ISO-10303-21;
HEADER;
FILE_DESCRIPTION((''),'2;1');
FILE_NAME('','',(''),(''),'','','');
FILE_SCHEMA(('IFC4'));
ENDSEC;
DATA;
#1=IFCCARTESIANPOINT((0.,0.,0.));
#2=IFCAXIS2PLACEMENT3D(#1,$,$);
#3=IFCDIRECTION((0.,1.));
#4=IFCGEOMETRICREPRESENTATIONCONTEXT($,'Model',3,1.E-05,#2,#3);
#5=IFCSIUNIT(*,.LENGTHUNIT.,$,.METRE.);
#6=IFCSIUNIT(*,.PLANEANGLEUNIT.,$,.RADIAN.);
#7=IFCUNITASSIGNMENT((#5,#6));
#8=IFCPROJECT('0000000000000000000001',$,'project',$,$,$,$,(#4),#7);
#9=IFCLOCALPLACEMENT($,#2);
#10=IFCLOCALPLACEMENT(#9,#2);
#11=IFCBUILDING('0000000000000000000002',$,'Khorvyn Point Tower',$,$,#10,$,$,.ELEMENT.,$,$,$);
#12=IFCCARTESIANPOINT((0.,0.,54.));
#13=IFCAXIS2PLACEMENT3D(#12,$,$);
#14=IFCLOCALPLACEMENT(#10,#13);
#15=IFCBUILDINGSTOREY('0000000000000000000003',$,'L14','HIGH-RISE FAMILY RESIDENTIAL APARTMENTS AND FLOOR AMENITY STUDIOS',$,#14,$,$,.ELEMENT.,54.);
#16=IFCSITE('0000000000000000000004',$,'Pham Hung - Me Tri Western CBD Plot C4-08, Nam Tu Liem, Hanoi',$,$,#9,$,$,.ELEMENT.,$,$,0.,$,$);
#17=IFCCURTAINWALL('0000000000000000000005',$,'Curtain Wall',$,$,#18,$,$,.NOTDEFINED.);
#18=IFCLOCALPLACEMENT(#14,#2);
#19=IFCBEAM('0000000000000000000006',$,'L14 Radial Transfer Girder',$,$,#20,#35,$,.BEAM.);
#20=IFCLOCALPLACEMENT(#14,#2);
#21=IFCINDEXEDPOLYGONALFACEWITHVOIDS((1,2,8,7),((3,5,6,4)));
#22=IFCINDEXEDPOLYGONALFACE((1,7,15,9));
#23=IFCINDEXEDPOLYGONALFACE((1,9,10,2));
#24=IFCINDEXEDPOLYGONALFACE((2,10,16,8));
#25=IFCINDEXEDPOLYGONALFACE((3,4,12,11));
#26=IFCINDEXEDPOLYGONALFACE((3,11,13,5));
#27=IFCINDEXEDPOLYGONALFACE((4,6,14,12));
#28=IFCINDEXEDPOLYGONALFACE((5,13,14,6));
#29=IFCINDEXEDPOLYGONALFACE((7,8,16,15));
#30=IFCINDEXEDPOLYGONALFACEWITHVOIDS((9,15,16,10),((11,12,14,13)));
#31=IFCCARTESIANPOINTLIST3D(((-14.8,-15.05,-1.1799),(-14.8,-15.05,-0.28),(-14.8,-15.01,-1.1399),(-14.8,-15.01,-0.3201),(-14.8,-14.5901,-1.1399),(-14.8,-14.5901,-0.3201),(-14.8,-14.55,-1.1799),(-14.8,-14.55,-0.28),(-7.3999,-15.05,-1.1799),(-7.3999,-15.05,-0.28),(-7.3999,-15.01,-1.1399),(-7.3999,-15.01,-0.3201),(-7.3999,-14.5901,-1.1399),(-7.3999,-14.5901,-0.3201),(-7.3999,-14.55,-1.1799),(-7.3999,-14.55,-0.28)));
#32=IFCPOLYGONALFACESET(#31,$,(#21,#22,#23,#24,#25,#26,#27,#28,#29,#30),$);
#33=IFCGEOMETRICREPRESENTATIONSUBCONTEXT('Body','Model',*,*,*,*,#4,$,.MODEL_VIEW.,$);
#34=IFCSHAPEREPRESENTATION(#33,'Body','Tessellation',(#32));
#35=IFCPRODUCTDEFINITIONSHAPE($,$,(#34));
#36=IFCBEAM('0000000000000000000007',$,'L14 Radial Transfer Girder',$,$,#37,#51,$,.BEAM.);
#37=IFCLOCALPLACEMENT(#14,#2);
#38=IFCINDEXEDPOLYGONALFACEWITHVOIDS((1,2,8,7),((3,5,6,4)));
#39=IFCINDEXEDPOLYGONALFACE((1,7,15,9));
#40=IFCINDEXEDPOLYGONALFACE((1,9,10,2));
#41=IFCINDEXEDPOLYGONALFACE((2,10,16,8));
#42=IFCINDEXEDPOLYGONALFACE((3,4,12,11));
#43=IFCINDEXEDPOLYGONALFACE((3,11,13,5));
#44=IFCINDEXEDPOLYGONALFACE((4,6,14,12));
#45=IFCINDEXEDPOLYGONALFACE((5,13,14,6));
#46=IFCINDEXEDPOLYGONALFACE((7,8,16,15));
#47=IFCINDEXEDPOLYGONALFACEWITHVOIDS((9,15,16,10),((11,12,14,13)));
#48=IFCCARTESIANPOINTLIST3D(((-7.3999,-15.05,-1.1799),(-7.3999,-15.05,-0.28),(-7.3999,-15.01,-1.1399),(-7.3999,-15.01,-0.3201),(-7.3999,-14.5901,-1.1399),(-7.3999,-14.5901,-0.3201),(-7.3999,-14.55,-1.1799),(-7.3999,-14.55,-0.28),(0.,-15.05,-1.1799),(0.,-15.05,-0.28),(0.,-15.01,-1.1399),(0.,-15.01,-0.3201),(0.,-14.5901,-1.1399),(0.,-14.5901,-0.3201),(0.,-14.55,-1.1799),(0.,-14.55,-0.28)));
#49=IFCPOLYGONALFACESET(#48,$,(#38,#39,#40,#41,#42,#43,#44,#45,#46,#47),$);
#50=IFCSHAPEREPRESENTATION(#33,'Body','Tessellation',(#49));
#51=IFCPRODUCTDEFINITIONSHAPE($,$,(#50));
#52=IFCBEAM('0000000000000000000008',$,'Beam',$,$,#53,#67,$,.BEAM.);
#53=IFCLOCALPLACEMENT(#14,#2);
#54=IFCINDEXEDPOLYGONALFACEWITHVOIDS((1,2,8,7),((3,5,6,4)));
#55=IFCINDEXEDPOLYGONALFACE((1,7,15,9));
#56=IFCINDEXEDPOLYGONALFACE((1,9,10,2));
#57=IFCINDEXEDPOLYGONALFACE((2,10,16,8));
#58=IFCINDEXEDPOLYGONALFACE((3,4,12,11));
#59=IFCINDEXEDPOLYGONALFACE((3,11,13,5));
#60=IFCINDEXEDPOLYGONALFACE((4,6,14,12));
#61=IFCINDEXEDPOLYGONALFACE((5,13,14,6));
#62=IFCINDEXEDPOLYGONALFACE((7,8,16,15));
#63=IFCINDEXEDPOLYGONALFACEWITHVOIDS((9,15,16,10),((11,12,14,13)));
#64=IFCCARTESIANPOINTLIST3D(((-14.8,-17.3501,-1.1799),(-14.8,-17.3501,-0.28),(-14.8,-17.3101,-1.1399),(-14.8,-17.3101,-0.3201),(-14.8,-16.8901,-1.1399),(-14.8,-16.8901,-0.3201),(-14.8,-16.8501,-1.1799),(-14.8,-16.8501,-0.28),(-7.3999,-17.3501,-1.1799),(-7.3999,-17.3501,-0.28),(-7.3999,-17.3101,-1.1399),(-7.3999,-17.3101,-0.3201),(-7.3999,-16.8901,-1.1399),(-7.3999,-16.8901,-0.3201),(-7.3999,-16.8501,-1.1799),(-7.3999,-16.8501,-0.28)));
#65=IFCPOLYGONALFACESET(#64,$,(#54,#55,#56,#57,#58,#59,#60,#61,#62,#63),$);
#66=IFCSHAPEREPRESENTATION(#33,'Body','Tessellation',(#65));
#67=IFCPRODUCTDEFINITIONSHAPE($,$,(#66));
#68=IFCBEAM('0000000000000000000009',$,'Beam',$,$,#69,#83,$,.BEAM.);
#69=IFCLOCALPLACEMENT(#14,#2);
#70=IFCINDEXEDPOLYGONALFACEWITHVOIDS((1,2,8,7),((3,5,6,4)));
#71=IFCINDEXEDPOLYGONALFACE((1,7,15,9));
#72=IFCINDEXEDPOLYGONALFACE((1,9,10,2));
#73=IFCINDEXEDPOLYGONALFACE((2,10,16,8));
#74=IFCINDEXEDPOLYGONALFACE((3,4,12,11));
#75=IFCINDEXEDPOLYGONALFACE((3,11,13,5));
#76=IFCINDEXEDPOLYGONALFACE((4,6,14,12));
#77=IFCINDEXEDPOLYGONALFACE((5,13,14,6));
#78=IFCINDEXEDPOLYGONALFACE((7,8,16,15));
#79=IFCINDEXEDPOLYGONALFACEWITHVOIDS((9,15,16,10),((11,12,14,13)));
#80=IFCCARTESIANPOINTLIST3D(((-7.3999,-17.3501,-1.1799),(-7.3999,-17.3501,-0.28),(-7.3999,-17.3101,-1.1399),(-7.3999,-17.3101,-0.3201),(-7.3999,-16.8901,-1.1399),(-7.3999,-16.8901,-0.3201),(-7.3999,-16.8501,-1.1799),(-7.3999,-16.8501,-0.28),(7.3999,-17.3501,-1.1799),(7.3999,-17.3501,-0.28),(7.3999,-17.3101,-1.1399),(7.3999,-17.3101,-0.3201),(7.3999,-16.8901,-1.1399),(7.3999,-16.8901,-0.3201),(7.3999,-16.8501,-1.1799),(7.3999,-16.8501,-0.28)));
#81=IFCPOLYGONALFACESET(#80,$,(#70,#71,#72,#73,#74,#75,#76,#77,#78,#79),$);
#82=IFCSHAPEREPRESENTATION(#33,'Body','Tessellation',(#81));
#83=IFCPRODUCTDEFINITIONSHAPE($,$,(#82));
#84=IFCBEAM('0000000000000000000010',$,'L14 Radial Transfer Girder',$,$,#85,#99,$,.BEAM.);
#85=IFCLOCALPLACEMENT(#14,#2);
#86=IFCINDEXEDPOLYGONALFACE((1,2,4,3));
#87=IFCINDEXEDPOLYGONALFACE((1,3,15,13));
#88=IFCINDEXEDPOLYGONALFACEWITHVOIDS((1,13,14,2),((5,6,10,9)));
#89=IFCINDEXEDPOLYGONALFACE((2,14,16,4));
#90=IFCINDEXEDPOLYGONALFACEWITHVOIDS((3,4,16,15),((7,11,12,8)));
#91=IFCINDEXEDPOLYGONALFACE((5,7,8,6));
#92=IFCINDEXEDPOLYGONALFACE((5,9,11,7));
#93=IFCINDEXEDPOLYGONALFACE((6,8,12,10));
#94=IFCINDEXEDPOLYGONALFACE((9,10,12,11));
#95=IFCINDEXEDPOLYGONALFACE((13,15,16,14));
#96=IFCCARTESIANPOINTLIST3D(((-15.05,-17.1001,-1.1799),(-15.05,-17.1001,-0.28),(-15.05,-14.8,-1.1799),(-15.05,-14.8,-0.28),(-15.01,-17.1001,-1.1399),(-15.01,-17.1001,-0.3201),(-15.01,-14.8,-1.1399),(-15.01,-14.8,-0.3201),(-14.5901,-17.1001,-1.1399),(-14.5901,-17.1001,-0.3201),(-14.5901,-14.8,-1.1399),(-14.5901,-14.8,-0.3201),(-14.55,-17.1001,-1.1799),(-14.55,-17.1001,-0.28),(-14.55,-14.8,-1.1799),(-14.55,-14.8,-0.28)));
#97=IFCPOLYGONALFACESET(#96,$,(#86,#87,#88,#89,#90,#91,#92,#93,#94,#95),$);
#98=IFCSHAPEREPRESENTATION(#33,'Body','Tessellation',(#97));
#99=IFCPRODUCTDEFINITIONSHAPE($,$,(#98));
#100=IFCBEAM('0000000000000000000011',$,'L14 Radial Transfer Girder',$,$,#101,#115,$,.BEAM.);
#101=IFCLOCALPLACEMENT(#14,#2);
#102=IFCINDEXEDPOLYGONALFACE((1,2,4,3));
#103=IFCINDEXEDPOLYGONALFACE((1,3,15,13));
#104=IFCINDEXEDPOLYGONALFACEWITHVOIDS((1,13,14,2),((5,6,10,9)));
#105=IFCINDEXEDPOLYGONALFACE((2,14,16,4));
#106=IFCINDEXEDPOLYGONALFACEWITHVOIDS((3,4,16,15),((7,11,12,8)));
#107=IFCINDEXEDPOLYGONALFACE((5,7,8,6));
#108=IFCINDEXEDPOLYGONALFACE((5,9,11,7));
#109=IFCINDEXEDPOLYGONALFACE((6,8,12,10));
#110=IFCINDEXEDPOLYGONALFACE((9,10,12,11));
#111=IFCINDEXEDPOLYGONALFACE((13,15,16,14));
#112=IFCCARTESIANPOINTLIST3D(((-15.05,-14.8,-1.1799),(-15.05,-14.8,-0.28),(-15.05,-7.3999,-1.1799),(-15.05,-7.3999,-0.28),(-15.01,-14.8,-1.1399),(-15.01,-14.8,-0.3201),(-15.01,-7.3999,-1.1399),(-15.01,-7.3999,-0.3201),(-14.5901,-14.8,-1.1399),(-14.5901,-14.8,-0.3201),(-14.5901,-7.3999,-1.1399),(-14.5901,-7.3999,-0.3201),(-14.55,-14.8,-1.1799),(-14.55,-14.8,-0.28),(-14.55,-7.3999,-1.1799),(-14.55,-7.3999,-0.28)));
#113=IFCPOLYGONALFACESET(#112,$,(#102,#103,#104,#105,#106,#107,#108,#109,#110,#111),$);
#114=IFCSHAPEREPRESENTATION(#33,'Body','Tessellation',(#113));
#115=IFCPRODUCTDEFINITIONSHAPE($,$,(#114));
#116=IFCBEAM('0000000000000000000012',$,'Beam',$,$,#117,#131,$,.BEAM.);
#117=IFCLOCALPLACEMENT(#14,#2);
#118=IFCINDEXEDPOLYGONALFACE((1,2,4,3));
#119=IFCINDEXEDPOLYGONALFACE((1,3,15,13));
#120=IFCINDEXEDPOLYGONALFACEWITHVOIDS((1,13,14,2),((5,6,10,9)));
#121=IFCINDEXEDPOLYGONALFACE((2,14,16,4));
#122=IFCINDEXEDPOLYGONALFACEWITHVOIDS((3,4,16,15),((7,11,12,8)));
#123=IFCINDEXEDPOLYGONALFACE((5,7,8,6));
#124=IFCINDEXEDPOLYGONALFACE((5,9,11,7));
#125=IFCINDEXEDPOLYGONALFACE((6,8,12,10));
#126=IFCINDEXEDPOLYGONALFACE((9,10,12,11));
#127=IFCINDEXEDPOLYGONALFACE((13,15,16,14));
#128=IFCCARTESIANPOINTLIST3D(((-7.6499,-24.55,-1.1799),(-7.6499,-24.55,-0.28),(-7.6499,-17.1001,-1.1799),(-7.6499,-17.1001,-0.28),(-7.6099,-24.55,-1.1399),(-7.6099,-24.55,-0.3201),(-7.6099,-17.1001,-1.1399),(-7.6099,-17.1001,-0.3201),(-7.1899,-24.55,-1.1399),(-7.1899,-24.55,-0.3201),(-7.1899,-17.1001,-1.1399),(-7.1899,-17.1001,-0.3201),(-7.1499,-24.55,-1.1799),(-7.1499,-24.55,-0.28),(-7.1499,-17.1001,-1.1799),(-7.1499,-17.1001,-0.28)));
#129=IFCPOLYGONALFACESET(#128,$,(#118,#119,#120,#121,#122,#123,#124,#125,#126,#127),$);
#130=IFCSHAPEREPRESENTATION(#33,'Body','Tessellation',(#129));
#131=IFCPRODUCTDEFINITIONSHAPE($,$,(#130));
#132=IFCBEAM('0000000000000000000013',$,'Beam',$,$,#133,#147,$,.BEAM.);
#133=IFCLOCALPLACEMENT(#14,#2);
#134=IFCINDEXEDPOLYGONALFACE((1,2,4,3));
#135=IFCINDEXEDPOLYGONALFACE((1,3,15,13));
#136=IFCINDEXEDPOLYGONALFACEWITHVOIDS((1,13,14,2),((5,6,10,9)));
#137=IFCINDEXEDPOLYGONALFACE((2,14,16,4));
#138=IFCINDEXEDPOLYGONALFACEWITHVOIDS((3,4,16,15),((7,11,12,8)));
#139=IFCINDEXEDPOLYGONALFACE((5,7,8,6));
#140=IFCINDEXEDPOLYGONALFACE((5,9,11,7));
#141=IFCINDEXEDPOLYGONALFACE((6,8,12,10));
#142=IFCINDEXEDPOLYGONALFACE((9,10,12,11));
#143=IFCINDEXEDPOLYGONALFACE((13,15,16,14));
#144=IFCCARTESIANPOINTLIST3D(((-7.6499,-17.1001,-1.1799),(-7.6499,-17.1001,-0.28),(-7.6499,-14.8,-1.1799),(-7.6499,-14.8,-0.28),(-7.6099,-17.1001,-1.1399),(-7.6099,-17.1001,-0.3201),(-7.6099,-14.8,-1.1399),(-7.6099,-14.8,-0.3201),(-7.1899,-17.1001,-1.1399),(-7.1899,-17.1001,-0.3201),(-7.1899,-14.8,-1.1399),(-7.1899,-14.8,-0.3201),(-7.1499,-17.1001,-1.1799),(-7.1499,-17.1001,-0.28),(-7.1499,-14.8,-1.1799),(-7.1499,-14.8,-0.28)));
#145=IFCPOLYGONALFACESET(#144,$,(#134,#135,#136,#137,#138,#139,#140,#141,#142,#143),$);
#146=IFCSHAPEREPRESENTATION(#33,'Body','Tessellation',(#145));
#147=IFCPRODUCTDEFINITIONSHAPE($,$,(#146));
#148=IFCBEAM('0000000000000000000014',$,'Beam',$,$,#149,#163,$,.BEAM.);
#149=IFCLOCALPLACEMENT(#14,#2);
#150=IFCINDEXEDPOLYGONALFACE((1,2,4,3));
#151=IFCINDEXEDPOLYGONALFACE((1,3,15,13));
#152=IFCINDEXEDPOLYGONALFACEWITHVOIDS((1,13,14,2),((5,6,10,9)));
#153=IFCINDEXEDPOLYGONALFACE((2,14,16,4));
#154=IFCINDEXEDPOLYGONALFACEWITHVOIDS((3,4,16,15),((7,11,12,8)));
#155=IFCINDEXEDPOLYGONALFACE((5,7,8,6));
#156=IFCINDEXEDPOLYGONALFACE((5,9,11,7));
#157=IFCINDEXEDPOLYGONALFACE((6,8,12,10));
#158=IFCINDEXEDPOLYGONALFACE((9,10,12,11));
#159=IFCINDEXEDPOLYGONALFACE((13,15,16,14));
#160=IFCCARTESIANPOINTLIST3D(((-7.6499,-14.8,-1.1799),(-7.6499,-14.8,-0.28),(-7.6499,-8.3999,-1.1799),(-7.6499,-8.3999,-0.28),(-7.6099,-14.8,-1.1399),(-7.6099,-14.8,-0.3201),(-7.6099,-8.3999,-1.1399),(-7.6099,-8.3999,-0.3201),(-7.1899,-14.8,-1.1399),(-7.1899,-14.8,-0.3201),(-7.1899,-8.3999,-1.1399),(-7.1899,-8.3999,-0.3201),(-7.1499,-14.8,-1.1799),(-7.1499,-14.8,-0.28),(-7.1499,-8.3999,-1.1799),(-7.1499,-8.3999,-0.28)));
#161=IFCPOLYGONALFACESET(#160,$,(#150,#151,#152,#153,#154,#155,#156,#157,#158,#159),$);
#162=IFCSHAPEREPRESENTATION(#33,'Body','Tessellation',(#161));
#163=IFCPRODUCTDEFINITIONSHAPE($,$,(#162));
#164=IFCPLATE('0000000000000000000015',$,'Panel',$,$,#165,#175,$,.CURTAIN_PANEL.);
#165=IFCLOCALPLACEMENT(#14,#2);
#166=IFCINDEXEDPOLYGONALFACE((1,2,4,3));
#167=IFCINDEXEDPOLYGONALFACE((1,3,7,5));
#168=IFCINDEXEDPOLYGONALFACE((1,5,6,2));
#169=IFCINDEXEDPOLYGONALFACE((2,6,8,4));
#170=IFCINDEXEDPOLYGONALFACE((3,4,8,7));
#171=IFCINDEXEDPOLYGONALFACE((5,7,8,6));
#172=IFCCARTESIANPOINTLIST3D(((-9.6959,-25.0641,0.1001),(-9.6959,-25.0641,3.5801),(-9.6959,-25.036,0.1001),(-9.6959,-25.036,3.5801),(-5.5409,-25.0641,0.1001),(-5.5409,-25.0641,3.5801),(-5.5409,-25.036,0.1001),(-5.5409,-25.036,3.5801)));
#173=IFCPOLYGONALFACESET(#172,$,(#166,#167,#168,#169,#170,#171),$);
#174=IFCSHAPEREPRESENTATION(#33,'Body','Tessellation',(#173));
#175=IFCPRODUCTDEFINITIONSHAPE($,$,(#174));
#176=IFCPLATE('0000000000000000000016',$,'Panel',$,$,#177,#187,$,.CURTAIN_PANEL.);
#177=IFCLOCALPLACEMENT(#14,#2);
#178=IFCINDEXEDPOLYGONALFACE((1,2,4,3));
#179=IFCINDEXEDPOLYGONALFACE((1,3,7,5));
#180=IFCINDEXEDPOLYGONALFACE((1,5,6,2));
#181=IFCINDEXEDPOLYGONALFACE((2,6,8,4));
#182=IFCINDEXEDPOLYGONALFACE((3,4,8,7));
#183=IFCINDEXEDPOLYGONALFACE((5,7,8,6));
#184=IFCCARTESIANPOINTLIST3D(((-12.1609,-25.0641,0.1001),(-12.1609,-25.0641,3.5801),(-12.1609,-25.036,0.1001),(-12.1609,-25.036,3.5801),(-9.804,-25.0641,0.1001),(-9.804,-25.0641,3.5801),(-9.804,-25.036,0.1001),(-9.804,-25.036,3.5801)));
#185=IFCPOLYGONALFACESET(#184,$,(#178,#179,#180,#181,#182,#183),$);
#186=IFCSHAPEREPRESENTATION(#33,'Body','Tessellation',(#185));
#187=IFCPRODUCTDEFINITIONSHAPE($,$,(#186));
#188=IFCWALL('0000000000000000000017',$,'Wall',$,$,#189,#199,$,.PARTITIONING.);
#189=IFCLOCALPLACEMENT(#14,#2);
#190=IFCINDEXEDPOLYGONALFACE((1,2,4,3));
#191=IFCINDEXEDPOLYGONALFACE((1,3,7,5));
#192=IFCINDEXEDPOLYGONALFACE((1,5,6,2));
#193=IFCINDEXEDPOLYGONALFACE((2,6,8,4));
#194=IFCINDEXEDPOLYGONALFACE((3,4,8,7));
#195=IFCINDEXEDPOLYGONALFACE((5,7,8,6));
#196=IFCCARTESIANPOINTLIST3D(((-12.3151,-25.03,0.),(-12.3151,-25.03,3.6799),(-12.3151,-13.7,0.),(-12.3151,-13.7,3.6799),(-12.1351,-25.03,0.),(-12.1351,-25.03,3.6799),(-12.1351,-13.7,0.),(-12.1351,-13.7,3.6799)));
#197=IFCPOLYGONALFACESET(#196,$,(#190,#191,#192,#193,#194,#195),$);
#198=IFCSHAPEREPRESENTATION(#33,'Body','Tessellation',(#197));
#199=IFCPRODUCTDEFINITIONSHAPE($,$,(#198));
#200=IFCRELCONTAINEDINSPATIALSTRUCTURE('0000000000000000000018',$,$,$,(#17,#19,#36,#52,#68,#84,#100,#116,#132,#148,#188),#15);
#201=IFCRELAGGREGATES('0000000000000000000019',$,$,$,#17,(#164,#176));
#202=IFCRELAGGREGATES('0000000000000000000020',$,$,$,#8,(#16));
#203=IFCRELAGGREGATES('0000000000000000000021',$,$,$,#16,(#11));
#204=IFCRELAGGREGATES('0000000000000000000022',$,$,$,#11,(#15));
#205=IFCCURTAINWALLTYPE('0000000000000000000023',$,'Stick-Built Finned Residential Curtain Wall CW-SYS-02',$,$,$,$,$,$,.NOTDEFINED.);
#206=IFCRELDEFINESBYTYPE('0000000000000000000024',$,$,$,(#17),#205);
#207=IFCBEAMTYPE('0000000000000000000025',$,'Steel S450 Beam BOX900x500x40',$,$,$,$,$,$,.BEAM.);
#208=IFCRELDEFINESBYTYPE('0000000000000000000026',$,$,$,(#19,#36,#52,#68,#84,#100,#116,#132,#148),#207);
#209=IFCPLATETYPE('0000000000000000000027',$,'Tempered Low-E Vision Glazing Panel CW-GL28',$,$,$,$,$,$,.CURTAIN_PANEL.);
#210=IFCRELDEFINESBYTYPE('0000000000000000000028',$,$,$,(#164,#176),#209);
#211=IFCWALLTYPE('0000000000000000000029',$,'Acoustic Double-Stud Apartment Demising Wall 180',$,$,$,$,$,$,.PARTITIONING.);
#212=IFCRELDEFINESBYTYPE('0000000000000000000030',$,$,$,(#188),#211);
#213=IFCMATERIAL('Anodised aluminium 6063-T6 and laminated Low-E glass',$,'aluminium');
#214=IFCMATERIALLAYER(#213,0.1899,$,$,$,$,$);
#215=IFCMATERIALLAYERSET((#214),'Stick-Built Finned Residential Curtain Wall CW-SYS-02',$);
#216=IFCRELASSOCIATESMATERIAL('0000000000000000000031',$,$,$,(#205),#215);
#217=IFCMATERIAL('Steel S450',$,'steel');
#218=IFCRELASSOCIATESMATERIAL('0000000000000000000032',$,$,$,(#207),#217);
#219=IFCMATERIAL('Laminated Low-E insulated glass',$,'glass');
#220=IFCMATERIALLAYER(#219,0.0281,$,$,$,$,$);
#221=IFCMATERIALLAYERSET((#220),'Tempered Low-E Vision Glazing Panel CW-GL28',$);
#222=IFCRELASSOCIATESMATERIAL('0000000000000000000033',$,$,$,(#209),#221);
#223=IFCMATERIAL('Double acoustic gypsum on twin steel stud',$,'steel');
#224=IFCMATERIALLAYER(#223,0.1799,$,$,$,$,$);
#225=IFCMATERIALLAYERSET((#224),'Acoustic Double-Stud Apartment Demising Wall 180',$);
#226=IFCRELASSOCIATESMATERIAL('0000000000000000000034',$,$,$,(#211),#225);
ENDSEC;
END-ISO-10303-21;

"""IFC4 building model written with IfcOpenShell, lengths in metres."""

from ifc_helpers import new_model, si_unit, direction, frame, frame_2d, origin, origin_2d, place, context, subcontext, project, spatial, rectangle, hollow_rectangle, extrude, material, layer, layer_set, material_profile, profile_set, type_object, element, aggregate, save


model = new_model("IFC4")

# Units and contexts
model_context = context("Model", 3, precision=1e-05, world=origin(), true_north=direction((0.0, 1.0)))
body_context = subcontext(model_context, "Body", "Model", "MODEL_VIEW")
ifc_project = project(units=[si_unit("LENGTHUNIT", "METRE"), si_unit("PLANEANGLEUNIT", "RADIAN")], contexts=[model_context])

# Site, building, storey
site_placement = place(None, origin())
site = spatial("IfcSite", under=ifc_project, at=site_placement, Name="Pham Hung - Me Tri Western CBD Plot C4-08, Nam Tu Liem, Hanoi", CompositionType="ELEMENT", RefElevation=0.0)
building_placement = place(site_placement, origin())
building = spatial("IfcBuilding", under=site, at=building_placement, Name="Khorvyn Point Tower", CompositionType="ELEMENT")
storey_placement = place(building_placement, frame((0.0, 0.0, 54.0)))
storey = spatial("IfcBuildingStorey", under=building, at=storey_placement, Name="L14", Description="HIGH-RISE FAMILY RESIDENTIAL APARTMENTS AND FLOOR AMENITY STUDIOS", CompositionType="ELEMENT", Elevation=54.0)

# Shared definitions
ifc_material_1 = material(Name="Steel S450", Category="steel")

# Curtain wall
ifc_material_2 = material(Name="Anodised aluminium 6063-T6 and laminated Low-E glass", Category="aluminium")
ifc_layer_1 = layer(ifc_material_2, 0.1899)
ifc_layer_set_1 = layer_set([ifc_layer_1], Name="Stick-Built Finned Residential Curtain Wall CW-SYS-02")
curtain_wall_type = type_object("IfcCurtainWallType", Name="Stick-Built Finned Residential Curtain Wall CW-SYS-02", PredefinedType="NOTDEFINED", material=ifc_layer_set_1)
curtain_wall_placement = place(storey_placement, origin())
curtain_wall = element("IfcCurtainWall", 1, at=curtain_wall_placement, inside=storey, type_object=curtain_wall_type, Name="Curtain Wall", PredefinedType="NOTDEFINED")

# Beams
ifc_material_profile_1 = material_profile(ifc_material_1, hollow_rectangle(XDim=0.5, YDim=0.8999, WallThickness=0.04, at=origin_2d()))
ifc_profile_set_1 = profile_set([ifc_material_profile_1], Name="Steel S450 BOX900x500x40")
beam_type_1 = type_object("IfcBeamType", Name="Steel S450 Beam BOX900x500x40", PredefinedType="BEAM", material=ifc_profile_set_1)
beam_1_placement = place(storey_placement, frame((-14.8, -14.8, -0.73), z_axis=(1.0, 0.0, 0.0), x_axis=(0.0, 1.0, 0.0)))
element("IfcBeam", 2, at=beam_1_placement, inside=storey, type_object=beam_type_1, Name="L14 Radial Transfer Girder", PredefinedType="BEAM", context=body_context, shape_type="SweptSolid", body=[
    extrude(hollow_rectangle(XDim=0.5, YDim=0.8999, WallThickness=0.04, at=origin_2d()), origin(), (0.0, 0.0, 1.0), 7.4001),
])
beam_2_placement = place(storey_placement, frame((-7.3999, -14.8, -0.73), z_axis=(1.0, 0.0, 0.0), x_axis=(0.0, 1.0, 0.0)))
element("IfcBeam", 3, at=beam_2_placement, inside=storey, type_object=beam_type_1, Name="L14 Radial Transfer Girder", PredefinedType="BEAM", context=body_context, shape_type="SweptSolid", body=[
    extrude(hollow_rectangle(XDim=0.5, YDim=0.8999, WallThickness=0.04, at=origin_2d()), origin(), (0.0, 0.0, 1.0), 7.3999),
])
beam_3_placement = place(storey_placement, frame((-14.8, -17.1001, -0.73), z_axis=(1.0, 0.0, 0.0), x_axis=(0.0, 1.0, 0.0)))
element("IfcBeam", 4, at=beam_3_placement, inside=storey, type_object=beam_type_1, Name="Beam", PredefinedType="BEAM", context=body_context, shape_type="SweptSolid", body=[
    extrude(hollow_rectangle(XDim=0.5, YDim=0.8999, WallThickness=0.04, at=origin_2d()), origin(), (0.0, 0.0, 1.0), 7.4001),
])
beam_4_placement = place(storey_placement, frame((-7.3999, -17.1001, -0.73), z_axis=(1.0, 0.0, 0.0), x_axis=(0.0, 1.0, 0.0)))
element("IfcBeam", 5, at=beam_4_placement, inside=storey, type_object=beam_type_1, Name="Beam", PredefinedType="BEAM", context=body_context, shape_type="SweptSolid", body=[
    extrude(hollow_rectangle(XDim=0.5, YDim=0.8999, WallThickness=0.04, at=origin_2d()), origin(), (0.0, 0.0, 1.0), 14.7998),
])
beam_5_placement = place(storey_placement, frame((-14.8, -17.1001, -0.73), z_axis=(0.0, 1.0, 0.0), x_axis=(-1.0, 0.0, 0.0)))
element("IfcBeam", 6, at=beam_5_placement, inside=storey, type_object=beam_type_1, Name="L14 Radial Transfer Girder", PredefinedType="BEAM", context=body_context, shape_type="SweptSolid", body=[
    extrude(hollow_rectangle(XDim=0.5, YDim=0.8999, WallThickness=0.04, at=origin_2d()), origin(), (0.0, 0.0, 1.0), 2.3),
])
beam_6_placement = place(storey_placement, frame((-14.8, -14.8, -0.73), z_axis=(0.0, 1.0, 0.0), x_axis=(-1.0, 0.0, 0.0)))
element("IfcBeam", 7, at=beam_6_placement, inside=storey, type_object=beam_type_1, Name="L14 Radial Transfer Girder", PredefinedType="BEAM", context=body_context, shape_type="SweptSolid", body=[
    extrude(hollow_rectangle(XDim=0.5, YDim=0.8999, WallThickness=0.04, at=origin_2d()), origin(), (0.0, 0.0, 1.0), 7.4001),
])
beam_7_placement = place(storey_placement, frame((-7.3999, -24.55, -0.73), z_axis=(0.0, 1.0, 0.0), x_axis=(-1.0, 0.0, 0.0)))
element("IfcBeam", 8, at=beam_7_placement, inside=storey, type_object=beam_type_1, Name="Beam", PredefinedType="BEAM", context=body_context, shape_type="SweptSolid", body=[
    extrude(hollow_rectangle(XDim=0.5, YDim=0.8999, WallThickness=0.04, at=origin_2d()), origin(), (0.0, 0.0, 1.0), 7.45),
])
beam_8_placement = place(storey_placement, frame((-7.3999, -17.1001, -0.73), z_axis=(0.0, 1.0, 0.0), x_axis=(-1.0, 0.0, 0.0)))
element("IfcBeam", 9, at=beam_8_placement, inside=storey, type_object=beam_type_1, Name="Beam", PredefinedType="BEAM", context=body_context, shape_type="SweptSolid", body=[
    extrude(hollow_rectangle(XDim=0.5, YDim=0.8999, WallThickness=0.04, at=origin_2d()), origin(), (0.0, 0.0, 1.0), 2.3),
])
beam_9_placement = place(storey_placement, frame((-7.3999, -14.8, -0.73), z_axis=(0.0, 1.0, 0.0), x_axis=(-1.0, 0.0, 0.0)))
element("IfcBeam", 10, at=beam_9_placement, inside=storey, type_object=beam_type_1, Name="Beam", PredefinedType="BEAM", context=body_context, shape_type="SweptSolid", body=[
    extrude(hollow_rectangle(XDim=0.5, YDim=0.8999, WallThickness=0.04, at=origin_2d()), origin(), (0.0, 0.0, 1.0), 6.4001),
])

# Plates
ifc_material_3 = material(Name="Laminated Low-E insulated glass", Category="glass")
ifc_layer_2 = layer(ifc_material_3, 0.0281)
ifc_layer_set_2 = layer_set([ifc_layer_2], Name="Tempered Low-E Vision Glazing Panel CW-GL28")
plate_type = type_object("IfcPlateType", Name="Tempered Low-E Vision Glazing Panel CW-GL28", PredefinedType="CURTAIN_PANEL", material=ifc_layer_set_2)
plate_1_placement = place(storey_placement, frame((-7.6184, -25.05, 0.1001), z_axis=(0.0, 0.0, 1.0), x_axis=(-1.0, 0.0, 0.0)))
plate_1 = element("IfcPlate", 11, at=plate_1_placement, type_object=plate_type, Name="Panel", PredefinedType="CURTAIN_PANEL", context=body_context, shape_type="SweptSolid", body=[
    extrude(rectangle(XDim=4.155, YDim=0.0281, at=origin_2d()), origin(), (0.0, 0.0, 1.0), 3.48),
])
plate_2_placement = place(storey_placement, frame((-10.9824, -25.05, 0.1001), z_axis=(0.0, 0.0, 1.0), x_axis=(-1.0, 0.0, 0.0)))
plate_2 = element("IfcPlate", 12, at=plate_2_placement, type_object=plate_type, Name="Panel", PredefinedType="CURTAIN_PANEL", context=body_context, shape_type="SweptSolid", body=[
    extrude(rectangle(XDim=2.3569, YDim=0.0281, at=origin_2d()), origin(), (0.0, 0.0, 1.0), 3.48),
])
aggregate(curtain_wall, [plate_1, plate_2])

# Wall
ifc_material_4 = material(Name="Double acoustic gypsum on twin steel stud", Category="steel")
ifc_layer_3 = layer(ifc_material_4, 0.1799)
ifc_layer_set_3 = layer_set([ifc_layer_3], Name="Acoustic Double-Stud Apartment Demising Wall 180")
wall_type_1 = type_object("IfcWallType", Name="Acoustic Double-Stud Apartment Demising Wall 180", PredefinedType="PARTITIONING", material=ifc_layer_set_3)
wall_1_placement = place(storey_placement, frame((-12.2251, -25.03, 0.0), z_axis=(0.0, 0.0, 1.0), x_axis=(0.0, 1.0, 0.0)))
element("IfcWall", 13, at=wall_1_placement, inside=storey, type_object=wall_type_1, Name="Wall", PredefinedType="PARTITIONING", context=body_context, shape_type="SweptSolid", body=[
    extrude(rectangle(XDim=11.3301, YDim=0.1799, at=frame_2d((5.665, 0.0))), origin(), (0.0, 0.0, 1.0), 3.6799),
])

save(model, "model.ifc")
